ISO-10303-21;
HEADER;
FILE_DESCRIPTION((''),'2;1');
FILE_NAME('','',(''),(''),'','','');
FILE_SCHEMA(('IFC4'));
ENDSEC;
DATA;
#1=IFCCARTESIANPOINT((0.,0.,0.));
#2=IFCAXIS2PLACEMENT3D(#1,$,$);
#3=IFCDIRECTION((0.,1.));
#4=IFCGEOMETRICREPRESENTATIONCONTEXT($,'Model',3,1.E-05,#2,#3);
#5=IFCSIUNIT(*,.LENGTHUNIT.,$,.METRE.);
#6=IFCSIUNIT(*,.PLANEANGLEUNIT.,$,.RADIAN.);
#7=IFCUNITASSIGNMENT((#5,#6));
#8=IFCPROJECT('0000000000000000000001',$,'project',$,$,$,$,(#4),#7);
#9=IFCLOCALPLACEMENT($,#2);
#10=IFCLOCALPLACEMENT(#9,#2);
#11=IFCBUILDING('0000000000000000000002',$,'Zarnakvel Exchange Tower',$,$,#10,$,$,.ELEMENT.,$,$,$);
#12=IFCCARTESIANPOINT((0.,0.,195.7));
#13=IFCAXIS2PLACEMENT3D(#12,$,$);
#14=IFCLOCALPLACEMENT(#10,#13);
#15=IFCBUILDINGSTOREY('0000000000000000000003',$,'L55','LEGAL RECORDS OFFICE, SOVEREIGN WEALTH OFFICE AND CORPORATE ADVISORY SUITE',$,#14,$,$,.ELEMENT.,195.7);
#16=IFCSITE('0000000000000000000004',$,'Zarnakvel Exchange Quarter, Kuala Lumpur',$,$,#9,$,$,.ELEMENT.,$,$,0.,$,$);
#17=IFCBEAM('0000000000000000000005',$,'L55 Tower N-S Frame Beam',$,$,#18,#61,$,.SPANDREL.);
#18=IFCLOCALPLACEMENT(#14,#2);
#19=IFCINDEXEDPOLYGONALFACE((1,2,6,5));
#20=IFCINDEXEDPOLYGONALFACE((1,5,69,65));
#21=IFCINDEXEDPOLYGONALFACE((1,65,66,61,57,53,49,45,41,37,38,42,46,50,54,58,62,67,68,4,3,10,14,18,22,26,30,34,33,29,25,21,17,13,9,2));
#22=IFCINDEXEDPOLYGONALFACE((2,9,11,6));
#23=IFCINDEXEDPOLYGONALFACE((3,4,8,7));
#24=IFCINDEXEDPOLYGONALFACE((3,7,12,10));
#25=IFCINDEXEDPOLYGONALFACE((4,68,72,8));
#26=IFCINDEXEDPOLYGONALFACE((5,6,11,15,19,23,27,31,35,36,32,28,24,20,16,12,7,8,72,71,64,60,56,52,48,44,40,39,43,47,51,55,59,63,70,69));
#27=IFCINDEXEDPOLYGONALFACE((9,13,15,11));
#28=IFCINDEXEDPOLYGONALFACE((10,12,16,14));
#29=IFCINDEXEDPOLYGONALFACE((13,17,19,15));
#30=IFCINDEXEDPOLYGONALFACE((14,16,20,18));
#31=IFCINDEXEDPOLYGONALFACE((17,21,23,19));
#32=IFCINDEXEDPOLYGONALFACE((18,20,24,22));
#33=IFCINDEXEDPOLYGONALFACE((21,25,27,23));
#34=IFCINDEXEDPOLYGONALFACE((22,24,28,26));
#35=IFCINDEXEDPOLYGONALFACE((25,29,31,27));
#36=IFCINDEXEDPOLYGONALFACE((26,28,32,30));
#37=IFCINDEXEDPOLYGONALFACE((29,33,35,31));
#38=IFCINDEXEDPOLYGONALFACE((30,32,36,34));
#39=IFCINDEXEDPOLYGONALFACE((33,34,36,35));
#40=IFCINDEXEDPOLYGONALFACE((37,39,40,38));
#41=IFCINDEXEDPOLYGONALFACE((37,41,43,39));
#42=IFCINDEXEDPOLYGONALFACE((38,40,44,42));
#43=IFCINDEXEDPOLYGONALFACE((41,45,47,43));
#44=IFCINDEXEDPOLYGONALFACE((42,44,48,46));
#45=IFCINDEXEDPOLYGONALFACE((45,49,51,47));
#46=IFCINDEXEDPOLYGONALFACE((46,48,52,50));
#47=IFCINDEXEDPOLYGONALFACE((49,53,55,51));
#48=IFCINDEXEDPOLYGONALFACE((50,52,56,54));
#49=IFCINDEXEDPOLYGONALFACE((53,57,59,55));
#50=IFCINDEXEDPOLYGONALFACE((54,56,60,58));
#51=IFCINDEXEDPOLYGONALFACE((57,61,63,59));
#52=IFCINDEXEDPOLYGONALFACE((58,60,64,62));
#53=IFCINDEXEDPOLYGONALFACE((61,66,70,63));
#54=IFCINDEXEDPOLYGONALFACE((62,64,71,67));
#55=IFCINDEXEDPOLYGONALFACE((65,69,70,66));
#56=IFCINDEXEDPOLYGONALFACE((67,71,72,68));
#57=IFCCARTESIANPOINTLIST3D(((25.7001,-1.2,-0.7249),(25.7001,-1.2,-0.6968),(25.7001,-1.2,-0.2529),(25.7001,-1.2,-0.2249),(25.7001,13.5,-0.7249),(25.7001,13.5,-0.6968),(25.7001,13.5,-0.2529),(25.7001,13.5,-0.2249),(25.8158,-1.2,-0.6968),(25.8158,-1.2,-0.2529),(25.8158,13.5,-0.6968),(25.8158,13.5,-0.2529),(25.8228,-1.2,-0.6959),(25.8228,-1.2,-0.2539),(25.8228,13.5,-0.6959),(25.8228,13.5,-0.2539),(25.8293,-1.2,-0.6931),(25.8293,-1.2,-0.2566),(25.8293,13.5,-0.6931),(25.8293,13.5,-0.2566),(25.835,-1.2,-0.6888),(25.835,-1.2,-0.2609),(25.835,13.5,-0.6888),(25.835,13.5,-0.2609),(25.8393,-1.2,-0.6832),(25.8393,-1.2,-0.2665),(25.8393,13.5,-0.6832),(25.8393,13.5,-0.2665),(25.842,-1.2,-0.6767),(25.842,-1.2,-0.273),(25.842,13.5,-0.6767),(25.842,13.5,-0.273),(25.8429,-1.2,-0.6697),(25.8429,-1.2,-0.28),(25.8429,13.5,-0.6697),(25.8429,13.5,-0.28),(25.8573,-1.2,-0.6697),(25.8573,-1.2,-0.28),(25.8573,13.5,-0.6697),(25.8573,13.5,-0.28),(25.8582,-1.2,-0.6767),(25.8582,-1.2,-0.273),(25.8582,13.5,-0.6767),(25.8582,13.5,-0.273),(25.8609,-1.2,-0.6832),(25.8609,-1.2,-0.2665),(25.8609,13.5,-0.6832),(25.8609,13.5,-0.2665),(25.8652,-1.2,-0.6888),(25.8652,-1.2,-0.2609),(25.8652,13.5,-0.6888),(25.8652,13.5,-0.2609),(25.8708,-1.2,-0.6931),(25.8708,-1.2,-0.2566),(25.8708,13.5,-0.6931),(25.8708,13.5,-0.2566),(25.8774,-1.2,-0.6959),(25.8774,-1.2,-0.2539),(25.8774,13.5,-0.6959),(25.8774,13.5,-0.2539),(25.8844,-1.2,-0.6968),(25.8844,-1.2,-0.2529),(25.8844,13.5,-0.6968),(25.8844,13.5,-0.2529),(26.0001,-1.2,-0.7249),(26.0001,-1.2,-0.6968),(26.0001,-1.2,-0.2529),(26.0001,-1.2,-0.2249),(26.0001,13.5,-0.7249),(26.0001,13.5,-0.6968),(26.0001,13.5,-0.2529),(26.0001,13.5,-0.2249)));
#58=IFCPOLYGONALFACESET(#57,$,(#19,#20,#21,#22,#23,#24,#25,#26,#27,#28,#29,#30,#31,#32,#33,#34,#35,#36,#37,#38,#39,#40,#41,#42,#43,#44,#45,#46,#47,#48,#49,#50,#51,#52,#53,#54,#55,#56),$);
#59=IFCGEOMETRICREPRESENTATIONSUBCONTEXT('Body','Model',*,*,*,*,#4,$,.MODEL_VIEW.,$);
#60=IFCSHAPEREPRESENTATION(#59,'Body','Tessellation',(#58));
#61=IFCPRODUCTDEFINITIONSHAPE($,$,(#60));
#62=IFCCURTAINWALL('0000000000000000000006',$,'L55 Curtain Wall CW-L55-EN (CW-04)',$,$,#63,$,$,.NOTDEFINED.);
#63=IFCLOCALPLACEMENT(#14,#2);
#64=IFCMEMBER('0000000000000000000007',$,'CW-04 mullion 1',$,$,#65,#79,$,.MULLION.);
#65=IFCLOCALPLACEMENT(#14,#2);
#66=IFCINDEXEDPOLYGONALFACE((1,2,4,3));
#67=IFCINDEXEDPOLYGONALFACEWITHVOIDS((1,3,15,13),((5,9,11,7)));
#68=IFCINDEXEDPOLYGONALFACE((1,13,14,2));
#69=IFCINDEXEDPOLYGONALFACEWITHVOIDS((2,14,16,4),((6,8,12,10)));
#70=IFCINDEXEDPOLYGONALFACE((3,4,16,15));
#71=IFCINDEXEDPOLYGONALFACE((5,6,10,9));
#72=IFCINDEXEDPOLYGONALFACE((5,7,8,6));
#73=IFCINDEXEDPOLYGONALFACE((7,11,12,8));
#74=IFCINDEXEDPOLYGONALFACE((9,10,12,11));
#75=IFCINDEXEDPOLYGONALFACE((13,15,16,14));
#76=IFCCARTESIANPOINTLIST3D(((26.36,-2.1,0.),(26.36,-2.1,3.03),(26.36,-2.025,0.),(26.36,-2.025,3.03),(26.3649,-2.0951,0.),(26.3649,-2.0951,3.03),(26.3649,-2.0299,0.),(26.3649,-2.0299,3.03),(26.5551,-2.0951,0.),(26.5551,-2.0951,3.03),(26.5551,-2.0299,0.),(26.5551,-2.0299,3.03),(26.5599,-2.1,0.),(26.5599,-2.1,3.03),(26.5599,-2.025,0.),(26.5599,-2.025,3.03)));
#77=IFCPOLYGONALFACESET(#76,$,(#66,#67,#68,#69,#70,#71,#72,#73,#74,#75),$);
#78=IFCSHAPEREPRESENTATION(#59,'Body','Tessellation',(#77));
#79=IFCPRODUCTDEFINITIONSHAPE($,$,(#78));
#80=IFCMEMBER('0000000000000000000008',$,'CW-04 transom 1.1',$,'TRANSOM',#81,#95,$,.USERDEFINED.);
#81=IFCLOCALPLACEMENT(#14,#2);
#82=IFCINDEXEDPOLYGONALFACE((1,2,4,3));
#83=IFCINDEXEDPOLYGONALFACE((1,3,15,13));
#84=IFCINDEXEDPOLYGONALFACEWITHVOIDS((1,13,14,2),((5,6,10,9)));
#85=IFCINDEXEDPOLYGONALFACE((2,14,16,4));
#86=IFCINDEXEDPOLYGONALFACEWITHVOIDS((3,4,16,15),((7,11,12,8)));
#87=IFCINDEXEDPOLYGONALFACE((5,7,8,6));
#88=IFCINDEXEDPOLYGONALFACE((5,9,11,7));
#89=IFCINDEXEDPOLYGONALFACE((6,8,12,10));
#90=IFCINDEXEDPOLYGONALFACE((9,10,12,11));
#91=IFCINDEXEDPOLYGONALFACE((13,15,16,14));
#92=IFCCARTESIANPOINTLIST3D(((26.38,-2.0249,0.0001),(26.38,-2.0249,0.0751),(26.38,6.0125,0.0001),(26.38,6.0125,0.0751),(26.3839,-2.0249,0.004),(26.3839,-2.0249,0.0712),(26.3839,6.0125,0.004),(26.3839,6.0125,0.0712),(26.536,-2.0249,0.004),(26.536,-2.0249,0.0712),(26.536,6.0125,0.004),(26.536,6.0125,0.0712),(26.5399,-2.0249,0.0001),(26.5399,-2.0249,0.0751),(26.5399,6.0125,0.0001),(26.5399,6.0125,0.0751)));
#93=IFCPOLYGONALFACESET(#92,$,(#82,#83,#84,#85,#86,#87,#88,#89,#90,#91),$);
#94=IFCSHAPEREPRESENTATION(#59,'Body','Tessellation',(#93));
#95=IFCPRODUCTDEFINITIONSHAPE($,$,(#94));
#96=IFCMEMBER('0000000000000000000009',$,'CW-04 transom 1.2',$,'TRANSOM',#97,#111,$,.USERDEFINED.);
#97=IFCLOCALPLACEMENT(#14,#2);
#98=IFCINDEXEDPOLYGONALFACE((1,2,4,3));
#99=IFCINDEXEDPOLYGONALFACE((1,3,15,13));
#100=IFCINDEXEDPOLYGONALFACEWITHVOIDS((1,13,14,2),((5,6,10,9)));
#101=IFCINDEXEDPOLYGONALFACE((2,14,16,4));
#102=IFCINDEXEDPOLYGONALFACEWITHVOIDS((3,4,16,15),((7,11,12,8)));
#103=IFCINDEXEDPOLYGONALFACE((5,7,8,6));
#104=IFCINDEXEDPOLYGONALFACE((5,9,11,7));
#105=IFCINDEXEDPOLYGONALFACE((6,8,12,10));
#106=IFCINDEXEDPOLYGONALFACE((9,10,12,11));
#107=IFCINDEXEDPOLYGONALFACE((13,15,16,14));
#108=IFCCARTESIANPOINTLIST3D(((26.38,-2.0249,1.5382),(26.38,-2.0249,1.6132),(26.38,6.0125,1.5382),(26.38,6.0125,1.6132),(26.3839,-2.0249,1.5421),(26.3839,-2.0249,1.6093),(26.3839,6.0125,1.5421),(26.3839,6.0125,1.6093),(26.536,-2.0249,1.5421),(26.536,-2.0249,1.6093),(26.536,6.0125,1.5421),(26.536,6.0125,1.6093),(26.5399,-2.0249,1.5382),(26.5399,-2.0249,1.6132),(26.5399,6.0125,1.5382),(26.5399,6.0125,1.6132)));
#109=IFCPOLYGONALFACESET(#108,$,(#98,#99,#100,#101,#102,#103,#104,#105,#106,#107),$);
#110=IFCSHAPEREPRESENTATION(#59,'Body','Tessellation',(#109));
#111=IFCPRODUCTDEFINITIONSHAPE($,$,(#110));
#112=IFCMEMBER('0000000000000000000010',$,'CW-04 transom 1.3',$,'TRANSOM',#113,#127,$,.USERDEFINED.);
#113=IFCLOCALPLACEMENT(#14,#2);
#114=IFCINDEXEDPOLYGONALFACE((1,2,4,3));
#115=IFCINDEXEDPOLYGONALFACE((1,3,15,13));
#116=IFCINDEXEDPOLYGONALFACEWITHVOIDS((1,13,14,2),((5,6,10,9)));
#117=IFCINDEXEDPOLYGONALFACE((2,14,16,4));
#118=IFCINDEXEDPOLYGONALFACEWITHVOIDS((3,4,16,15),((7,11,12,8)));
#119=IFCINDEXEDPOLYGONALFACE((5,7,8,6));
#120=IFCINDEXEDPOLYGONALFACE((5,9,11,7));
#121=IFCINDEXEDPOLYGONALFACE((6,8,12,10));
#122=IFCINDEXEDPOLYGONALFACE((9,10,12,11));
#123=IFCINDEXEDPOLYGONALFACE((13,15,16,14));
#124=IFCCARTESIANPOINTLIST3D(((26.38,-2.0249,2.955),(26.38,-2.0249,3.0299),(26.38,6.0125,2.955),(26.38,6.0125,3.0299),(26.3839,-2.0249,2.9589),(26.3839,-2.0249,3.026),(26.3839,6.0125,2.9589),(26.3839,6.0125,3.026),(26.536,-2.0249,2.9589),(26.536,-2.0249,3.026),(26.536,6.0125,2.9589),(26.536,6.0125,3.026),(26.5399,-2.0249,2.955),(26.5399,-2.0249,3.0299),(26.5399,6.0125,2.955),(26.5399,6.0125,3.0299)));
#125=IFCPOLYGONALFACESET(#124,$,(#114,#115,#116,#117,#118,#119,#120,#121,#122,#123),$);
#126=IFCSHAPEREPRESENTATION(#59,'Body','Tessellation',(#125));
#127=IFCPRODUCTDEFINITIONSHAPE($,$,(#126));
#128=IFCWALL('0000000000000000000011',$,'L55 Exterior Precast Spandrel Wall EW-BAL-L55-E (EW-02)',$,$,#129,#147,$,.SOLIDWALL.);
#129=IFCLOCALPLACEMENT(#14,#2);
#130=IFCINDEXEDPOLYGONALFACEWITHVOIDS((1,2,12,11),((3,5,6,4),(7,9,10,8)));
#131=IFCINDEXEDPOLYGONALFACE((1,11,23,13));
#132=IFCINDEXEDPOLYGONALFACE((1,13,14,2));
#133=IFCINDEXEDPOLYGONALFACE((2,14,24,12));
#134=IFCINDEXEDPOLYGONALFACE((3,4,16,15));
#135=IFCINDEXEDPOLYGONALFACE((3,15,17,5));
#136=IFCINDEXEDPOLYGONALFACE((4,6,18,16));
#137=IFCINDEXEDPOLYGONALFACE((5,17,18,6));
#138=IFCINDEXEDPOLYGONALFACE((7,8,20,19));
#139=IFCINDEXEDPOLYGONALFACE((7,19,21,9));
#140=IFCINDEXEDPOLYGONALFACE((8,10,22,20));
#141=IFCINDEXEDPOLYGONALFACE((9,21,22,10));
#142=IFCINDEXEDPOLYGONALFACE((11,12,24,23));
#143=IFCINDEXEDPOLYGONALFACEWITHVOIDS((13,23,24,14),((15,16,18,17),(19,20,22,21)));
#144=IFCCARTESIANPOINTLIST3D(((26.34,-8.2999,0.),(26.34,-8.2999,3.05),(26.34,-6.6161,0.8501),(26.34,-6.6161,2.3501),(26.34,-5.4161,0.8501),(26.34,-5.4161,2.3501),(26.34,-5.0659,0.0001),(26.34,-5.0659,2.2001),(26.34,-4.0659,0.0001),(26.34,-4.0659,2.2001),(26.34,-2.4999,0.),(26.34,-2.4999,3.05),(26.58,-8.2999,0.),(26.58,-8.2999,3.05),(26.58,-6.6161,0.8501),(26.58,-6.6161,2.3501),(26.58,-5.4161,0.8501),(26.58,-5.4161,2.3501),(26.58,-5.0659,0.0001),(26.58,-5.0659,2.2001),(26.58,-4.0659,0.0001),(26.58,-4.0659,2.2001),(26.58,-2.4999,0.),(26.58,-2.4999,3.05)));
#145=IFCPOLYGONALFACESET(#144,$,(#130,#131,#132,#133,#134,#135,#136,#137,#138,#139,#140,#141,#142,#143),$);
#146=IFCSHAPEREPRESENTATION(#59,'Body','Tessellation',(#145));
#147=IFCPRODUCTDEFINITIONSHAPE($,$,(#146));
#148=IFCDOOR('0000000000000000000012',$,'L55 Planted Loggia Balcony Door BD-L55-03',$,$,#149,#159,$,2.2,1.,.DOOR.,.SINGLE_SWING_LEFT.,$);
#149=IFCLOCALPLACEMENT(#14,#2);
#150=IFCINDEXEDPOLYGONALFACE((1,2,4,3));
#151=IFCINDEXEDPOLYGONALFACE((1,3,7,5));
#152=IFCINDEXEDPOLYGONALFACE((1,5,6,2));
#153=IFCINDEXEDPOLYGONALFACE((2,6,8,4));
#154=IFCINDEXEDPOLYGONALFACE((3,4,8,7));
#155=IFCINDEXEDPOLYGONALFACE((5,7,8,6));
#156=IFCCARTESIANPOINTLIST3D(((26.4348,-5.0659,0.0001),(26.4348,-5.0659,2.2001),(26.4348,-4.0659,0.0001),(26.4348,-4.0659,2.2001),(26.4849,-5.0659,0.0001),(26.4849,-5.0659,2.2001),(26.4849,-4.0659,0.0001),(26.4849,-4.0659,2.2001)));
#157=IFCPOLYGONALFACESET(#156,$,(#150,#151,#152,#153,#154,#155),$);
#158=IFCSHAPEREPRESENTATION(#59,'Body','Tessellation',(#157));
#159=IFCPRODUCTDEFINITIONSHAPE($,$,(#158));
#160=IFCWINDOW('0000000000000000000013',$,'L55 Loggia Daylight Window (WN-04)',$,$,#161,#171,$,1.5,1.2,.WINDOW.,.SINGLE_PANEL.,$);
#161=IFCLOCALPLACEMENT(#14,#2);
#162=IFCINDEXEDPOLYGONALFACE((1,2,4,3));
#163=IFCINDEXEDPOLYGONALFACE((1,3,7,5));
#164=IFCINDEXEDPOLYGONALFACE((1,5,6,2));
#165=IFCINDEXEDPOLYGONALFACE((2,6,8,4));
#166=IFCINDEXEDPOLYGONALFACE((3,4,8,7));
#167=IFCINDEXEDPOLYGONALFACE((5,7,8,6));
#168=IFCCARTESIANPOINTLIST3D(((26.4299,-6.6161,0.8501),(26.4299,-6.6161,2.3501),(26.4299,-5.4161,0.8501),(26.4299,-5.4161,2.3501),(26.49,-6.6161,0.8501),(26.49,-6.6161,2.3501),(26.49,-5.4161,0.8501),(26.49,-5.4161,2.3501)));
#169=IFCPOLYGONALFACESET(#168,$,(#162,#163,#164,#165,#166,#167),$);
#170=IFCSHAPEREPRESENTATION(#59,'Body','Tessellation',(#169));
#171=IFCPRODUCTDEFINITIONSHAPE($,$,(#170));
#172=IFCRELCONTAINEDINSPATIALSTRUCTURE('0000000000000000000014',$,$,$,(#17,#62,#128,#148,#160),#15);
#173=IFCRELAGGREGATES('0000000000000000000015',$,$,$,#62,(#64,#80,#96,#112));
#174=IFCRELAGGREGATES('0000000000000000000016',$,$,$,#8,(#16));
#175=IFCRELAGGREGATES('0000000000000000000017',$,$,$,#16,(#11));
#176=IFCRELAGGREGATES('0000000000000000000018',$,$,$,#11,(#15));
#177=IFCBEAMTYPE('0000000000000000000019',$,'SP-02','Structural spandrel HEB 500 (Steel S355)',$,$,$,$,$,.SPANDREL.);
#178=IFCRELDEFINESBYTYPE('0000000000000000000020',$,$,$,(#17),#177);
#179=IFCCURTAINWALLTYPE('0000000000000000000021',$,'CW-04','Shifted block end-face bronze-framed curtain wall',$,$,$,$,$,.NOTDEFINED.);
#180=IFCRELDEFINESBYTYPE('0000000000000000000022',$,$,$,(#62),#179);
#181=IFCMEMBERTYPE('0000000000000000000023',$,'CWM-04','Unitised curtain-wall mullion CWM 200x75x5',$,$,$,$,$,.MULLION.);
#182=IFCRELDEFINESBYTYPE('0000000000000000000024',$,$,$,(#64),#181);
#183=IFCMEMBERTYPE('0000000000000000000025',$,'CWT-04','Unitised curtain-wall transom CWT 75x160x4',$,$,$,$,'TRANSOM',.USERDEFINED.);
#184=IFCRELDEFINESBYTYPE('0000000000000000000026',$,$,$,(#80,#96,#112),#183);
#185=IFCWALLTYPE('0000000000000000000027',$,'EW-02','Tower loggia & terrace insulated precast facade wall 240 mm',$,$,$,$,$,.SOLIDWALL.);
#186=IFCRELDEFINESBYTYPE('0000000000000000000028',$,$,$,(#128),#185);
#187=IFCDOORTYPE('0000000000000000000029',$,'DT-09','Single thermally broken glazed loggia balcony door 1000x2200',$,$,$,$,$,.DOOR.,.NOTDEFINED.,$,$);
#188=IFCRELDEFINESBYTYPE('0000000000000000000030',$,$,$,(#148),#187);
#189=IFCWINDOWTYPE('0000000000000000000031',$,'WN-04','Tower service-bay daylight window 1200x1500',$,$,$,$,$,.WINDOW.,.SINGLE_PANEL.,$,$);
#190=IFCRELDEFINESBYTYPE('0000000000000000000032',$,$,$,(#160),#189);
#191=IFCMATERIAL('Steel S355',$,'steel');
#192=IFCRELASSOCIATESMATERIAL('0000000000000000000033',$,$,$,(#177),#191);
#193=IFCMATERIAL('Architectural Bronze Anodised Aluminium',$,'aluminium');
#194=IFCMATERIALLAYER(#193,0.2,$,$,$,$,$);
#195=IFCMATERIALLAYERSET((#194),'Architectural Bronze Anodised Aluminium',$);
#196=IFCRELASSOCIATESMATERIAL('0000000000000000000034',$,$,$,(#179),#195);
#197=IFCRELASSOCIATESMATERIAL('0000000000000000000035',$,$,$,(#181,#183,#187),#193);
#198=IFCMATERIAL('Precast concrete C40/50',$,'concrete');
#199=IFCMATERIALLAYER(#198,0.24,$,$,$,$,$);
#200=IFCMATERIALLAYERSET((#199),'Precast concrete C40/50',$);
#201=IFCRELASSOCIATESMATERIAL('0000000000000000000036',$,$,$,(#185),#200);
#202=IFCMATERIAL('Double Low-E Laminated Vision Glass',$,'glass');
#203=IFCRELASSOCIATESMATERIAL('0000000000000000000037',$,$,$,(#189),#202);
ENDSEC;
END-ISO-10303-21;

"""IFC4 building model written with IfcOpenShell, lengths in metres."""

from ifc_helpers import new_model, si_unit, direction, frame, frame_2d, origin, origin_2d, place, context, subcontext, project, spatial, rectangle, hollow_rectangle, i_section, extrude, source, transform, mapped, material, layer, layer_set, material_profile, profile_set, type_object, element, fill, aggregate, save


model = new_model("IFC4")

# Units and contexts
model_context = context("Model", 3, precision=1e-05, world=origin(), true_north=direction((0.0, 1.0)))
body_context = subcontext(model_context, "Body", "Model", "MODEL_VIEW")
ifc_project = project(units=[si_unit("LENGTHUNIT", "METRE"), si_unit("PLANEANGLEUNIT", "RADIAN")], contexts=[model_context])

# Site, building, storey
site_placement = place(None, origin())
site = spatial("IfcSite", under=ifc_project, at=site_placement, Name="Zarnakvel Exchange Quarter, Kuala Lumpur", CompositionType="ELEMENT", RefElevation=0.0)
building_placement = place(site_placement, origin())
building = spatial("IfcBuilding", under=site, at=building_placement, Name="Zarnakvel Exchange Tower", CompositionType="ELEMENT")
storey_placement = place(building_placement, frame((0.0, 0.0, 195.7)))
storey = spatial("IfcBuildingStorey", under=building, at=storey_placement, Name="L55", Description="LEGAL RECORDS OFFICE, SOVEREIGN WEALTH OFFICE AND CORPORATE ADVISORY SUITE", CompositionType="ELEMENT", Elevation=195.7)

# Shared definitions
ifc_material_1 = material(Name="Steel S355", Category="steel")

# Beam
ifc_material_profile_1 = material_profile(ifc_material_1, i_section(OverallWidth=0.3, OverallDepth=0.5, WebThickness=0.0144, FlangeThickness=0.0281, FilletRadius=0.0271, at=origin_2d()))
ifc_profile_set_1 = profile_set([ifc_material_profile_1], Name="Steel S355")
beam_type_1 = type_object("IfcBeamType", Name="SP-02", Description="Structural spandrel HEB 500 (Steel S355)", PredefinedType="SPANDREL", material=ifc_profile_set_1)
beam_1_placement = place(storey_placement, frame((25.8501, -1.2, -0.4749), z_axis=(0.0, 1.0, 0.0), x_axis=(-1.0, 0.0, 0.0)))
element("IfcBeam", 1, at=beam_1_placement, inside=storey, type_object=beam_type_1, Name="L55 Tower N-S Frame Beam", PredefinedType="SPANDREL", context=body_context, shape_type="SweptSolid", body=[
    extrude(i_section(OverallWidth=0.3, OverallDepth=0.5, WebThickness=0.0144, FlangeThickness=0.0281, FilletRadius=0.0271, at=origin_2d()), origin(), (0.0, 0.0, 1.0), 14.7),
])

# Curtain wall, members
ifc_material_2 = material(Name="Architectural Bronze Anodised Aluminium", Category="aluminium")
ifc_layer_1 = layer(ifc_material_2, 0.2)
ifc_layer_set_1 = layer_set([ifc_layer_1], Name="Architectural Bronze Anodised Aluminium")
curtain_wall_type = type_object("IfcCurtainWallType", Name="CW-04", Description="Shifted block end-face bronze-framed curtain wall", PredefinedType="NOTDEFINED", material=ifc_layer_set_1)
curtain_wall_placement = place(storey_placement, origin())
curtain_wall = element("IfcCurtainWall", 2, at=curtain_wall_placement, inside=storey, type_object=curtain_wall_type, Name="L55 Curtain Wall CW-L55-EN (CW-04)", PredefinedType="NOTDEFINED")
ifc_material_profile_2 = material_profile(ifc_material_2, hollow_rectangle(XDim=0.2, YDim=0.075, WallThickness=0.0049, at=origin_2d()))
ifc_profile_set_2 = profile_set([ifc_material_profile_2], Name="Architectural Bronze Anodised Aluminium")
member_type_1 = type_object("IfcMemberType", Name="CWM-04", Description="Unitised curtain-wall mullion CWM 200x75x5", PredefinedType="MULLION", material=ifc_profile_set_2)
shared_shape_1 = source(origin(), body_context, "Body", "SweptSolid", [
    extrude(hollow_rectangle(XDim=0.2, YDim=0.075, WallThickness=0.0049, at=origin_2d()), origin(), (0.0, 0.0, 1.0), 3.03),
])
member_1_placement = place(storey_placement, frame((26.46, -2.0625, 0.0), z_axis=(0.0, 0.0, 1.0), x_axis=(-1.0, 0.0, 0.0)))
member_1 = element("IfcMember", 3, at=member_1_placement, type_object=member_type_1, Name="CW-04 mullion 1", PredefinedType="MULLION", context=body_context, shape_type="MappedRepresentation", body=[
    mapped(shared_shape_1, transform((0.0, 0.0, 0.0), x_axis=(1.0, 0.0, 0.0), y_axis=(0.0, 1.0, 0.0), z_axis=(0.0, 0.0, 1.0), scale=1.0)),
])
ifc_material_profile_3 = material_profile(ifc_material_2, hollow_rectangle(XDim=0.1599, YDim=0.075, WallThickness=0.0039, at=origin_2d()))
ifc_profile_set_3 = profile_set([ifc_material_profile_3], Name="Architectural Bronze Anodised Aluminium")
member_type_2 = type_object("IfcMemberType", Name="CWT-04", Description="Unitised curtain-wall transom CWT 75x160x4", ElementType="TRANSOM", PredefinedType="USERDEFINED", material=ifc_profile_set_3)
shared_shape_2 = source(origin(), body_context, "Body", "SweptSolid", [
    extrude(hollow_rectangle(XDim=0.1599, YDim=0.075, WallThickness=0.0039, at=origin_2d()), origin(), (0.0, 0.0, 1.0), 8.0374),
])
member_2_placement = place(storey_placement, frame((26.46, -2.0249, 0.0376), z_axis=(0.0, 1.0, 0.0), x_axis=(-1.0, 0.0, 0.0)))
member_2 = element("IfcMember", 4, at=member_2_placement, type_object=member_type_2, Name="CW-04 transom 1.1", ObjectType="TRANSOM", PredefinedType="USERDEFINED", context=body_context, shape_type="MappedRepresentation", body=[
    mapped(shared_shape_2, transform((0.0, 0.0, 0.0), x_axis=(1.0, 0.0, 0.0), y_axis=(0.0, 1.0, 0.0), z_axis=(0.0, 0.0, 1.0), scale=1.0)),
])
member_3_placement = place(storey_placement, frame((26.46, -2.0249, 1.5757), z_axis=(0.0, 1.0, 0.0), x_axis=(-1.0, 0.0, 0.0)))
member_3 = element("IfcMember", 5, at=member_3_placement, type_object=member_type_2, Name="CW-04 transom 1.2", ObjectType="TRANSOM", PredefinedType="USERDEFINED", context=body_context, shape_type="MappedRepresentation", body=[
    mapped(shared_shape_2, transform((0.0, 0.0, 0.0), x_axis=(1.0, 0.0, 0.0), y_axis=(0.0, 1.0, 0.0), z_axis=(0.0, 0.0, 1.0), scale=1.0)),
])
member_4_placement = place(storey_placement, frame((26.46, -2.0249, 2.9924), z_axis=(0.0, 1.0, 0.0), x_axis=(-1.0, 0.0, 0.0)))
member_4 = element("IfcMember", 6, at=member_4_placement, type_object=member_type_2, Name="CW-04 transom 1.3", ObjectType="TRANSOM", PredefinedType="USERDEFINED", context=body_context, shape_type="MappedRepresentation", body=[
    mapped(shared_shape_2, transform((0.0, 0.0, 0.0), x_axis=(1.0, 0.0, 0.0), y_axis=(0.0, 1.0, 0.0), z_axis=(0.0, 0.0, 1.0), scale=1.0)),
])
aggregate(curtain_wall, [member_1, member_2, member_3, member_4])

# Wall, openings, door, window
ifc_material_3 = material(Name="Precast concrete C40/50", Category="concrete")
ifc_layer_2 = layer(ifc_material_3, 0.24)
ifc_layer_set_2 = layer_set([ifc_layer_2], Name="Precast concrete C40/50")
wall_type_1 = type_object("IfcWallType", Name="EW-02", Description="Tower loggia & terrace insulated precast facade wall 240 mm", PredefinedType="SOLIDWALL", material=ifc_layer_set_2)
wall_1_placement = place(storey_placement, frame((26.46, -2.5, 0.0), z_axis=(0.0, 0.0, 1.0), x_axis=(0.0, -1.0, 0.0)))
wall_1 = element("IfcWall", 7, at=wall_1_placement, inside=storey, type_object=wall_type_1, Name="L55 Exterior Precast Spandrel Wall EW-BAL-L55-E (EW-02)", PredefinedType="SOLIDWALL", context=body_context, shape_type="SweptSolid", body=[
    extrude(rectangle(XDim=5.8, YDim=0.24, at=frame_2d((2.8999, 0.0))), origin(), (0.0, 0.0, 1.0), 3.05),
])
opening_1_placement = place(wall_1_placement, frame((1.5659, 0.0, 0.0)))
opening_1 = element("IfcOpeningElement", 8, at=opening_1_placement, cuts=wall_1, PredefinedType="OPENING", context=body_context, shape_type="SweptSolid", body=[
    extrude(rectangle(XDim=1.0, YDim=2.2, at=frame_2d((0.5, 1.1001))), frame((0.0, 0.1299, 0.0), z_axis=(0.0, -1.0, 0.0), x_axis=(1.0, 0.0, 0.0)), (0.0, 0.0, 1.0), 0.26),
])
opening_2_placement = place(wall_1_placement, frame((2.916, 0.0, 0.8501)))
opening_2 = element("IfcOpeningElement", 9, at=opening_2_placement, cuts=wall_1, PredefinedType="OPENING", context=body_context, shape_type="SweptSolid", body=[
    extrude(rectangle(XDim=1.2, YDim=1.5, at=frame_2d((0.6001, 0.75))), frame((0.0, 0.1299, 0.0), z_axis=(0.0, -1.0, 0.0), x_axis=(1.0, 0.0, 0.0)), (0.0, 0.0, 1.0), 0.26),
])
door_type_1 = type_object("IfcDoorType", Name="DT-09", Description="Single thermally broken glazed loggia balcony door 1000x2200", OperationType="NOTDEFINED", PredefinedType="DOOR", material=ifc_material_2)
shared_shape_3 = source(origin(), body_context, "Body", "SweptSolid", [
    extrude(rectangle(XDim=1.0, YDim=2.2, at=frame_2d((0.5, 1.1001))), frame((0.0, 0.0249, 0.0), z_axis=(0.0, -1.0, 0.0), x_axis=(1.0, 0.0, 0.0)), (0.0, 0.0, 1.0), 0.05),
])
door_1_placement = place(opening_1_placement, origin())
door_1 = element("IfcDoor", 10, at=door_1_placement, inside=storey, type_object=door_type_1, Name="L55 Planted Loggia Balcony Door BD-L55-03", OperationType="SINGLE_SWING_LEFT", OverallHeight=2.2, OverallWidth=1.0, PredefinedType="DOOR", context=body_context, shape_type="MappedRepresentation", body=[
    mapped(shared_shape_3, transform((0.0, 0.0, 0.0), x_axis=(1.0, 0.0, 0.0), y_axis=(0.0, 1.0, 0.0), z_axis=(0.0, 0.0, 1.0), scale=1.0)),
])
fill(opening_1, door_1)
ifc_material_4 = material(Name="Double Low-E Laminated Vision Glass", Category="glass")
window_type = type_object("IfcWindowType", Name="WN-04", Description="Tower service-bay daylight window 1200x1500", PartitioningType="SINGLE_PANEL", PredefinedType="WINDOW", material=ifc_material_4)
shared_shape_4 = source(origin(), body_context, "Body", "SweptSolid", [
    extrude(rectangle(XDim=1.2, YDim=1.5, at=frame_2d((0.6001, 0.75))), frame((0.0, 0.03, 0.0), z_axis=(0.0, -1.0, 0.0), x_axis=(1.0, 0.0, 0.0)), (0.0, 0.0, 1.0), 0.0601),
])
window_placement = place(opening_2_placement, origin())
window = element("IfcWindow", 11, at=window_placement, inside=storey, type_object=window_type, Name="L55 Loggia Daylight Window (WN-04)", OverallHeight=1.5, OverallWidth=1.2, PartitioningType="SINGLE_PANEL", PredefinedType="WINDOW", context=body_context, shape_type="MappedRepresentation", body=[
    mapped(shared_shape_4, transform((0.0, 0.0, 0.0), x_axis=(1.0, 0.0, 0.0), y_axis=(0.0, 1.0, 0.0), z_axis=(0.0, 0.0, 1.0), scale=1.0)),
])
fill(opening_2, window)

save(model, "model.ifc")
